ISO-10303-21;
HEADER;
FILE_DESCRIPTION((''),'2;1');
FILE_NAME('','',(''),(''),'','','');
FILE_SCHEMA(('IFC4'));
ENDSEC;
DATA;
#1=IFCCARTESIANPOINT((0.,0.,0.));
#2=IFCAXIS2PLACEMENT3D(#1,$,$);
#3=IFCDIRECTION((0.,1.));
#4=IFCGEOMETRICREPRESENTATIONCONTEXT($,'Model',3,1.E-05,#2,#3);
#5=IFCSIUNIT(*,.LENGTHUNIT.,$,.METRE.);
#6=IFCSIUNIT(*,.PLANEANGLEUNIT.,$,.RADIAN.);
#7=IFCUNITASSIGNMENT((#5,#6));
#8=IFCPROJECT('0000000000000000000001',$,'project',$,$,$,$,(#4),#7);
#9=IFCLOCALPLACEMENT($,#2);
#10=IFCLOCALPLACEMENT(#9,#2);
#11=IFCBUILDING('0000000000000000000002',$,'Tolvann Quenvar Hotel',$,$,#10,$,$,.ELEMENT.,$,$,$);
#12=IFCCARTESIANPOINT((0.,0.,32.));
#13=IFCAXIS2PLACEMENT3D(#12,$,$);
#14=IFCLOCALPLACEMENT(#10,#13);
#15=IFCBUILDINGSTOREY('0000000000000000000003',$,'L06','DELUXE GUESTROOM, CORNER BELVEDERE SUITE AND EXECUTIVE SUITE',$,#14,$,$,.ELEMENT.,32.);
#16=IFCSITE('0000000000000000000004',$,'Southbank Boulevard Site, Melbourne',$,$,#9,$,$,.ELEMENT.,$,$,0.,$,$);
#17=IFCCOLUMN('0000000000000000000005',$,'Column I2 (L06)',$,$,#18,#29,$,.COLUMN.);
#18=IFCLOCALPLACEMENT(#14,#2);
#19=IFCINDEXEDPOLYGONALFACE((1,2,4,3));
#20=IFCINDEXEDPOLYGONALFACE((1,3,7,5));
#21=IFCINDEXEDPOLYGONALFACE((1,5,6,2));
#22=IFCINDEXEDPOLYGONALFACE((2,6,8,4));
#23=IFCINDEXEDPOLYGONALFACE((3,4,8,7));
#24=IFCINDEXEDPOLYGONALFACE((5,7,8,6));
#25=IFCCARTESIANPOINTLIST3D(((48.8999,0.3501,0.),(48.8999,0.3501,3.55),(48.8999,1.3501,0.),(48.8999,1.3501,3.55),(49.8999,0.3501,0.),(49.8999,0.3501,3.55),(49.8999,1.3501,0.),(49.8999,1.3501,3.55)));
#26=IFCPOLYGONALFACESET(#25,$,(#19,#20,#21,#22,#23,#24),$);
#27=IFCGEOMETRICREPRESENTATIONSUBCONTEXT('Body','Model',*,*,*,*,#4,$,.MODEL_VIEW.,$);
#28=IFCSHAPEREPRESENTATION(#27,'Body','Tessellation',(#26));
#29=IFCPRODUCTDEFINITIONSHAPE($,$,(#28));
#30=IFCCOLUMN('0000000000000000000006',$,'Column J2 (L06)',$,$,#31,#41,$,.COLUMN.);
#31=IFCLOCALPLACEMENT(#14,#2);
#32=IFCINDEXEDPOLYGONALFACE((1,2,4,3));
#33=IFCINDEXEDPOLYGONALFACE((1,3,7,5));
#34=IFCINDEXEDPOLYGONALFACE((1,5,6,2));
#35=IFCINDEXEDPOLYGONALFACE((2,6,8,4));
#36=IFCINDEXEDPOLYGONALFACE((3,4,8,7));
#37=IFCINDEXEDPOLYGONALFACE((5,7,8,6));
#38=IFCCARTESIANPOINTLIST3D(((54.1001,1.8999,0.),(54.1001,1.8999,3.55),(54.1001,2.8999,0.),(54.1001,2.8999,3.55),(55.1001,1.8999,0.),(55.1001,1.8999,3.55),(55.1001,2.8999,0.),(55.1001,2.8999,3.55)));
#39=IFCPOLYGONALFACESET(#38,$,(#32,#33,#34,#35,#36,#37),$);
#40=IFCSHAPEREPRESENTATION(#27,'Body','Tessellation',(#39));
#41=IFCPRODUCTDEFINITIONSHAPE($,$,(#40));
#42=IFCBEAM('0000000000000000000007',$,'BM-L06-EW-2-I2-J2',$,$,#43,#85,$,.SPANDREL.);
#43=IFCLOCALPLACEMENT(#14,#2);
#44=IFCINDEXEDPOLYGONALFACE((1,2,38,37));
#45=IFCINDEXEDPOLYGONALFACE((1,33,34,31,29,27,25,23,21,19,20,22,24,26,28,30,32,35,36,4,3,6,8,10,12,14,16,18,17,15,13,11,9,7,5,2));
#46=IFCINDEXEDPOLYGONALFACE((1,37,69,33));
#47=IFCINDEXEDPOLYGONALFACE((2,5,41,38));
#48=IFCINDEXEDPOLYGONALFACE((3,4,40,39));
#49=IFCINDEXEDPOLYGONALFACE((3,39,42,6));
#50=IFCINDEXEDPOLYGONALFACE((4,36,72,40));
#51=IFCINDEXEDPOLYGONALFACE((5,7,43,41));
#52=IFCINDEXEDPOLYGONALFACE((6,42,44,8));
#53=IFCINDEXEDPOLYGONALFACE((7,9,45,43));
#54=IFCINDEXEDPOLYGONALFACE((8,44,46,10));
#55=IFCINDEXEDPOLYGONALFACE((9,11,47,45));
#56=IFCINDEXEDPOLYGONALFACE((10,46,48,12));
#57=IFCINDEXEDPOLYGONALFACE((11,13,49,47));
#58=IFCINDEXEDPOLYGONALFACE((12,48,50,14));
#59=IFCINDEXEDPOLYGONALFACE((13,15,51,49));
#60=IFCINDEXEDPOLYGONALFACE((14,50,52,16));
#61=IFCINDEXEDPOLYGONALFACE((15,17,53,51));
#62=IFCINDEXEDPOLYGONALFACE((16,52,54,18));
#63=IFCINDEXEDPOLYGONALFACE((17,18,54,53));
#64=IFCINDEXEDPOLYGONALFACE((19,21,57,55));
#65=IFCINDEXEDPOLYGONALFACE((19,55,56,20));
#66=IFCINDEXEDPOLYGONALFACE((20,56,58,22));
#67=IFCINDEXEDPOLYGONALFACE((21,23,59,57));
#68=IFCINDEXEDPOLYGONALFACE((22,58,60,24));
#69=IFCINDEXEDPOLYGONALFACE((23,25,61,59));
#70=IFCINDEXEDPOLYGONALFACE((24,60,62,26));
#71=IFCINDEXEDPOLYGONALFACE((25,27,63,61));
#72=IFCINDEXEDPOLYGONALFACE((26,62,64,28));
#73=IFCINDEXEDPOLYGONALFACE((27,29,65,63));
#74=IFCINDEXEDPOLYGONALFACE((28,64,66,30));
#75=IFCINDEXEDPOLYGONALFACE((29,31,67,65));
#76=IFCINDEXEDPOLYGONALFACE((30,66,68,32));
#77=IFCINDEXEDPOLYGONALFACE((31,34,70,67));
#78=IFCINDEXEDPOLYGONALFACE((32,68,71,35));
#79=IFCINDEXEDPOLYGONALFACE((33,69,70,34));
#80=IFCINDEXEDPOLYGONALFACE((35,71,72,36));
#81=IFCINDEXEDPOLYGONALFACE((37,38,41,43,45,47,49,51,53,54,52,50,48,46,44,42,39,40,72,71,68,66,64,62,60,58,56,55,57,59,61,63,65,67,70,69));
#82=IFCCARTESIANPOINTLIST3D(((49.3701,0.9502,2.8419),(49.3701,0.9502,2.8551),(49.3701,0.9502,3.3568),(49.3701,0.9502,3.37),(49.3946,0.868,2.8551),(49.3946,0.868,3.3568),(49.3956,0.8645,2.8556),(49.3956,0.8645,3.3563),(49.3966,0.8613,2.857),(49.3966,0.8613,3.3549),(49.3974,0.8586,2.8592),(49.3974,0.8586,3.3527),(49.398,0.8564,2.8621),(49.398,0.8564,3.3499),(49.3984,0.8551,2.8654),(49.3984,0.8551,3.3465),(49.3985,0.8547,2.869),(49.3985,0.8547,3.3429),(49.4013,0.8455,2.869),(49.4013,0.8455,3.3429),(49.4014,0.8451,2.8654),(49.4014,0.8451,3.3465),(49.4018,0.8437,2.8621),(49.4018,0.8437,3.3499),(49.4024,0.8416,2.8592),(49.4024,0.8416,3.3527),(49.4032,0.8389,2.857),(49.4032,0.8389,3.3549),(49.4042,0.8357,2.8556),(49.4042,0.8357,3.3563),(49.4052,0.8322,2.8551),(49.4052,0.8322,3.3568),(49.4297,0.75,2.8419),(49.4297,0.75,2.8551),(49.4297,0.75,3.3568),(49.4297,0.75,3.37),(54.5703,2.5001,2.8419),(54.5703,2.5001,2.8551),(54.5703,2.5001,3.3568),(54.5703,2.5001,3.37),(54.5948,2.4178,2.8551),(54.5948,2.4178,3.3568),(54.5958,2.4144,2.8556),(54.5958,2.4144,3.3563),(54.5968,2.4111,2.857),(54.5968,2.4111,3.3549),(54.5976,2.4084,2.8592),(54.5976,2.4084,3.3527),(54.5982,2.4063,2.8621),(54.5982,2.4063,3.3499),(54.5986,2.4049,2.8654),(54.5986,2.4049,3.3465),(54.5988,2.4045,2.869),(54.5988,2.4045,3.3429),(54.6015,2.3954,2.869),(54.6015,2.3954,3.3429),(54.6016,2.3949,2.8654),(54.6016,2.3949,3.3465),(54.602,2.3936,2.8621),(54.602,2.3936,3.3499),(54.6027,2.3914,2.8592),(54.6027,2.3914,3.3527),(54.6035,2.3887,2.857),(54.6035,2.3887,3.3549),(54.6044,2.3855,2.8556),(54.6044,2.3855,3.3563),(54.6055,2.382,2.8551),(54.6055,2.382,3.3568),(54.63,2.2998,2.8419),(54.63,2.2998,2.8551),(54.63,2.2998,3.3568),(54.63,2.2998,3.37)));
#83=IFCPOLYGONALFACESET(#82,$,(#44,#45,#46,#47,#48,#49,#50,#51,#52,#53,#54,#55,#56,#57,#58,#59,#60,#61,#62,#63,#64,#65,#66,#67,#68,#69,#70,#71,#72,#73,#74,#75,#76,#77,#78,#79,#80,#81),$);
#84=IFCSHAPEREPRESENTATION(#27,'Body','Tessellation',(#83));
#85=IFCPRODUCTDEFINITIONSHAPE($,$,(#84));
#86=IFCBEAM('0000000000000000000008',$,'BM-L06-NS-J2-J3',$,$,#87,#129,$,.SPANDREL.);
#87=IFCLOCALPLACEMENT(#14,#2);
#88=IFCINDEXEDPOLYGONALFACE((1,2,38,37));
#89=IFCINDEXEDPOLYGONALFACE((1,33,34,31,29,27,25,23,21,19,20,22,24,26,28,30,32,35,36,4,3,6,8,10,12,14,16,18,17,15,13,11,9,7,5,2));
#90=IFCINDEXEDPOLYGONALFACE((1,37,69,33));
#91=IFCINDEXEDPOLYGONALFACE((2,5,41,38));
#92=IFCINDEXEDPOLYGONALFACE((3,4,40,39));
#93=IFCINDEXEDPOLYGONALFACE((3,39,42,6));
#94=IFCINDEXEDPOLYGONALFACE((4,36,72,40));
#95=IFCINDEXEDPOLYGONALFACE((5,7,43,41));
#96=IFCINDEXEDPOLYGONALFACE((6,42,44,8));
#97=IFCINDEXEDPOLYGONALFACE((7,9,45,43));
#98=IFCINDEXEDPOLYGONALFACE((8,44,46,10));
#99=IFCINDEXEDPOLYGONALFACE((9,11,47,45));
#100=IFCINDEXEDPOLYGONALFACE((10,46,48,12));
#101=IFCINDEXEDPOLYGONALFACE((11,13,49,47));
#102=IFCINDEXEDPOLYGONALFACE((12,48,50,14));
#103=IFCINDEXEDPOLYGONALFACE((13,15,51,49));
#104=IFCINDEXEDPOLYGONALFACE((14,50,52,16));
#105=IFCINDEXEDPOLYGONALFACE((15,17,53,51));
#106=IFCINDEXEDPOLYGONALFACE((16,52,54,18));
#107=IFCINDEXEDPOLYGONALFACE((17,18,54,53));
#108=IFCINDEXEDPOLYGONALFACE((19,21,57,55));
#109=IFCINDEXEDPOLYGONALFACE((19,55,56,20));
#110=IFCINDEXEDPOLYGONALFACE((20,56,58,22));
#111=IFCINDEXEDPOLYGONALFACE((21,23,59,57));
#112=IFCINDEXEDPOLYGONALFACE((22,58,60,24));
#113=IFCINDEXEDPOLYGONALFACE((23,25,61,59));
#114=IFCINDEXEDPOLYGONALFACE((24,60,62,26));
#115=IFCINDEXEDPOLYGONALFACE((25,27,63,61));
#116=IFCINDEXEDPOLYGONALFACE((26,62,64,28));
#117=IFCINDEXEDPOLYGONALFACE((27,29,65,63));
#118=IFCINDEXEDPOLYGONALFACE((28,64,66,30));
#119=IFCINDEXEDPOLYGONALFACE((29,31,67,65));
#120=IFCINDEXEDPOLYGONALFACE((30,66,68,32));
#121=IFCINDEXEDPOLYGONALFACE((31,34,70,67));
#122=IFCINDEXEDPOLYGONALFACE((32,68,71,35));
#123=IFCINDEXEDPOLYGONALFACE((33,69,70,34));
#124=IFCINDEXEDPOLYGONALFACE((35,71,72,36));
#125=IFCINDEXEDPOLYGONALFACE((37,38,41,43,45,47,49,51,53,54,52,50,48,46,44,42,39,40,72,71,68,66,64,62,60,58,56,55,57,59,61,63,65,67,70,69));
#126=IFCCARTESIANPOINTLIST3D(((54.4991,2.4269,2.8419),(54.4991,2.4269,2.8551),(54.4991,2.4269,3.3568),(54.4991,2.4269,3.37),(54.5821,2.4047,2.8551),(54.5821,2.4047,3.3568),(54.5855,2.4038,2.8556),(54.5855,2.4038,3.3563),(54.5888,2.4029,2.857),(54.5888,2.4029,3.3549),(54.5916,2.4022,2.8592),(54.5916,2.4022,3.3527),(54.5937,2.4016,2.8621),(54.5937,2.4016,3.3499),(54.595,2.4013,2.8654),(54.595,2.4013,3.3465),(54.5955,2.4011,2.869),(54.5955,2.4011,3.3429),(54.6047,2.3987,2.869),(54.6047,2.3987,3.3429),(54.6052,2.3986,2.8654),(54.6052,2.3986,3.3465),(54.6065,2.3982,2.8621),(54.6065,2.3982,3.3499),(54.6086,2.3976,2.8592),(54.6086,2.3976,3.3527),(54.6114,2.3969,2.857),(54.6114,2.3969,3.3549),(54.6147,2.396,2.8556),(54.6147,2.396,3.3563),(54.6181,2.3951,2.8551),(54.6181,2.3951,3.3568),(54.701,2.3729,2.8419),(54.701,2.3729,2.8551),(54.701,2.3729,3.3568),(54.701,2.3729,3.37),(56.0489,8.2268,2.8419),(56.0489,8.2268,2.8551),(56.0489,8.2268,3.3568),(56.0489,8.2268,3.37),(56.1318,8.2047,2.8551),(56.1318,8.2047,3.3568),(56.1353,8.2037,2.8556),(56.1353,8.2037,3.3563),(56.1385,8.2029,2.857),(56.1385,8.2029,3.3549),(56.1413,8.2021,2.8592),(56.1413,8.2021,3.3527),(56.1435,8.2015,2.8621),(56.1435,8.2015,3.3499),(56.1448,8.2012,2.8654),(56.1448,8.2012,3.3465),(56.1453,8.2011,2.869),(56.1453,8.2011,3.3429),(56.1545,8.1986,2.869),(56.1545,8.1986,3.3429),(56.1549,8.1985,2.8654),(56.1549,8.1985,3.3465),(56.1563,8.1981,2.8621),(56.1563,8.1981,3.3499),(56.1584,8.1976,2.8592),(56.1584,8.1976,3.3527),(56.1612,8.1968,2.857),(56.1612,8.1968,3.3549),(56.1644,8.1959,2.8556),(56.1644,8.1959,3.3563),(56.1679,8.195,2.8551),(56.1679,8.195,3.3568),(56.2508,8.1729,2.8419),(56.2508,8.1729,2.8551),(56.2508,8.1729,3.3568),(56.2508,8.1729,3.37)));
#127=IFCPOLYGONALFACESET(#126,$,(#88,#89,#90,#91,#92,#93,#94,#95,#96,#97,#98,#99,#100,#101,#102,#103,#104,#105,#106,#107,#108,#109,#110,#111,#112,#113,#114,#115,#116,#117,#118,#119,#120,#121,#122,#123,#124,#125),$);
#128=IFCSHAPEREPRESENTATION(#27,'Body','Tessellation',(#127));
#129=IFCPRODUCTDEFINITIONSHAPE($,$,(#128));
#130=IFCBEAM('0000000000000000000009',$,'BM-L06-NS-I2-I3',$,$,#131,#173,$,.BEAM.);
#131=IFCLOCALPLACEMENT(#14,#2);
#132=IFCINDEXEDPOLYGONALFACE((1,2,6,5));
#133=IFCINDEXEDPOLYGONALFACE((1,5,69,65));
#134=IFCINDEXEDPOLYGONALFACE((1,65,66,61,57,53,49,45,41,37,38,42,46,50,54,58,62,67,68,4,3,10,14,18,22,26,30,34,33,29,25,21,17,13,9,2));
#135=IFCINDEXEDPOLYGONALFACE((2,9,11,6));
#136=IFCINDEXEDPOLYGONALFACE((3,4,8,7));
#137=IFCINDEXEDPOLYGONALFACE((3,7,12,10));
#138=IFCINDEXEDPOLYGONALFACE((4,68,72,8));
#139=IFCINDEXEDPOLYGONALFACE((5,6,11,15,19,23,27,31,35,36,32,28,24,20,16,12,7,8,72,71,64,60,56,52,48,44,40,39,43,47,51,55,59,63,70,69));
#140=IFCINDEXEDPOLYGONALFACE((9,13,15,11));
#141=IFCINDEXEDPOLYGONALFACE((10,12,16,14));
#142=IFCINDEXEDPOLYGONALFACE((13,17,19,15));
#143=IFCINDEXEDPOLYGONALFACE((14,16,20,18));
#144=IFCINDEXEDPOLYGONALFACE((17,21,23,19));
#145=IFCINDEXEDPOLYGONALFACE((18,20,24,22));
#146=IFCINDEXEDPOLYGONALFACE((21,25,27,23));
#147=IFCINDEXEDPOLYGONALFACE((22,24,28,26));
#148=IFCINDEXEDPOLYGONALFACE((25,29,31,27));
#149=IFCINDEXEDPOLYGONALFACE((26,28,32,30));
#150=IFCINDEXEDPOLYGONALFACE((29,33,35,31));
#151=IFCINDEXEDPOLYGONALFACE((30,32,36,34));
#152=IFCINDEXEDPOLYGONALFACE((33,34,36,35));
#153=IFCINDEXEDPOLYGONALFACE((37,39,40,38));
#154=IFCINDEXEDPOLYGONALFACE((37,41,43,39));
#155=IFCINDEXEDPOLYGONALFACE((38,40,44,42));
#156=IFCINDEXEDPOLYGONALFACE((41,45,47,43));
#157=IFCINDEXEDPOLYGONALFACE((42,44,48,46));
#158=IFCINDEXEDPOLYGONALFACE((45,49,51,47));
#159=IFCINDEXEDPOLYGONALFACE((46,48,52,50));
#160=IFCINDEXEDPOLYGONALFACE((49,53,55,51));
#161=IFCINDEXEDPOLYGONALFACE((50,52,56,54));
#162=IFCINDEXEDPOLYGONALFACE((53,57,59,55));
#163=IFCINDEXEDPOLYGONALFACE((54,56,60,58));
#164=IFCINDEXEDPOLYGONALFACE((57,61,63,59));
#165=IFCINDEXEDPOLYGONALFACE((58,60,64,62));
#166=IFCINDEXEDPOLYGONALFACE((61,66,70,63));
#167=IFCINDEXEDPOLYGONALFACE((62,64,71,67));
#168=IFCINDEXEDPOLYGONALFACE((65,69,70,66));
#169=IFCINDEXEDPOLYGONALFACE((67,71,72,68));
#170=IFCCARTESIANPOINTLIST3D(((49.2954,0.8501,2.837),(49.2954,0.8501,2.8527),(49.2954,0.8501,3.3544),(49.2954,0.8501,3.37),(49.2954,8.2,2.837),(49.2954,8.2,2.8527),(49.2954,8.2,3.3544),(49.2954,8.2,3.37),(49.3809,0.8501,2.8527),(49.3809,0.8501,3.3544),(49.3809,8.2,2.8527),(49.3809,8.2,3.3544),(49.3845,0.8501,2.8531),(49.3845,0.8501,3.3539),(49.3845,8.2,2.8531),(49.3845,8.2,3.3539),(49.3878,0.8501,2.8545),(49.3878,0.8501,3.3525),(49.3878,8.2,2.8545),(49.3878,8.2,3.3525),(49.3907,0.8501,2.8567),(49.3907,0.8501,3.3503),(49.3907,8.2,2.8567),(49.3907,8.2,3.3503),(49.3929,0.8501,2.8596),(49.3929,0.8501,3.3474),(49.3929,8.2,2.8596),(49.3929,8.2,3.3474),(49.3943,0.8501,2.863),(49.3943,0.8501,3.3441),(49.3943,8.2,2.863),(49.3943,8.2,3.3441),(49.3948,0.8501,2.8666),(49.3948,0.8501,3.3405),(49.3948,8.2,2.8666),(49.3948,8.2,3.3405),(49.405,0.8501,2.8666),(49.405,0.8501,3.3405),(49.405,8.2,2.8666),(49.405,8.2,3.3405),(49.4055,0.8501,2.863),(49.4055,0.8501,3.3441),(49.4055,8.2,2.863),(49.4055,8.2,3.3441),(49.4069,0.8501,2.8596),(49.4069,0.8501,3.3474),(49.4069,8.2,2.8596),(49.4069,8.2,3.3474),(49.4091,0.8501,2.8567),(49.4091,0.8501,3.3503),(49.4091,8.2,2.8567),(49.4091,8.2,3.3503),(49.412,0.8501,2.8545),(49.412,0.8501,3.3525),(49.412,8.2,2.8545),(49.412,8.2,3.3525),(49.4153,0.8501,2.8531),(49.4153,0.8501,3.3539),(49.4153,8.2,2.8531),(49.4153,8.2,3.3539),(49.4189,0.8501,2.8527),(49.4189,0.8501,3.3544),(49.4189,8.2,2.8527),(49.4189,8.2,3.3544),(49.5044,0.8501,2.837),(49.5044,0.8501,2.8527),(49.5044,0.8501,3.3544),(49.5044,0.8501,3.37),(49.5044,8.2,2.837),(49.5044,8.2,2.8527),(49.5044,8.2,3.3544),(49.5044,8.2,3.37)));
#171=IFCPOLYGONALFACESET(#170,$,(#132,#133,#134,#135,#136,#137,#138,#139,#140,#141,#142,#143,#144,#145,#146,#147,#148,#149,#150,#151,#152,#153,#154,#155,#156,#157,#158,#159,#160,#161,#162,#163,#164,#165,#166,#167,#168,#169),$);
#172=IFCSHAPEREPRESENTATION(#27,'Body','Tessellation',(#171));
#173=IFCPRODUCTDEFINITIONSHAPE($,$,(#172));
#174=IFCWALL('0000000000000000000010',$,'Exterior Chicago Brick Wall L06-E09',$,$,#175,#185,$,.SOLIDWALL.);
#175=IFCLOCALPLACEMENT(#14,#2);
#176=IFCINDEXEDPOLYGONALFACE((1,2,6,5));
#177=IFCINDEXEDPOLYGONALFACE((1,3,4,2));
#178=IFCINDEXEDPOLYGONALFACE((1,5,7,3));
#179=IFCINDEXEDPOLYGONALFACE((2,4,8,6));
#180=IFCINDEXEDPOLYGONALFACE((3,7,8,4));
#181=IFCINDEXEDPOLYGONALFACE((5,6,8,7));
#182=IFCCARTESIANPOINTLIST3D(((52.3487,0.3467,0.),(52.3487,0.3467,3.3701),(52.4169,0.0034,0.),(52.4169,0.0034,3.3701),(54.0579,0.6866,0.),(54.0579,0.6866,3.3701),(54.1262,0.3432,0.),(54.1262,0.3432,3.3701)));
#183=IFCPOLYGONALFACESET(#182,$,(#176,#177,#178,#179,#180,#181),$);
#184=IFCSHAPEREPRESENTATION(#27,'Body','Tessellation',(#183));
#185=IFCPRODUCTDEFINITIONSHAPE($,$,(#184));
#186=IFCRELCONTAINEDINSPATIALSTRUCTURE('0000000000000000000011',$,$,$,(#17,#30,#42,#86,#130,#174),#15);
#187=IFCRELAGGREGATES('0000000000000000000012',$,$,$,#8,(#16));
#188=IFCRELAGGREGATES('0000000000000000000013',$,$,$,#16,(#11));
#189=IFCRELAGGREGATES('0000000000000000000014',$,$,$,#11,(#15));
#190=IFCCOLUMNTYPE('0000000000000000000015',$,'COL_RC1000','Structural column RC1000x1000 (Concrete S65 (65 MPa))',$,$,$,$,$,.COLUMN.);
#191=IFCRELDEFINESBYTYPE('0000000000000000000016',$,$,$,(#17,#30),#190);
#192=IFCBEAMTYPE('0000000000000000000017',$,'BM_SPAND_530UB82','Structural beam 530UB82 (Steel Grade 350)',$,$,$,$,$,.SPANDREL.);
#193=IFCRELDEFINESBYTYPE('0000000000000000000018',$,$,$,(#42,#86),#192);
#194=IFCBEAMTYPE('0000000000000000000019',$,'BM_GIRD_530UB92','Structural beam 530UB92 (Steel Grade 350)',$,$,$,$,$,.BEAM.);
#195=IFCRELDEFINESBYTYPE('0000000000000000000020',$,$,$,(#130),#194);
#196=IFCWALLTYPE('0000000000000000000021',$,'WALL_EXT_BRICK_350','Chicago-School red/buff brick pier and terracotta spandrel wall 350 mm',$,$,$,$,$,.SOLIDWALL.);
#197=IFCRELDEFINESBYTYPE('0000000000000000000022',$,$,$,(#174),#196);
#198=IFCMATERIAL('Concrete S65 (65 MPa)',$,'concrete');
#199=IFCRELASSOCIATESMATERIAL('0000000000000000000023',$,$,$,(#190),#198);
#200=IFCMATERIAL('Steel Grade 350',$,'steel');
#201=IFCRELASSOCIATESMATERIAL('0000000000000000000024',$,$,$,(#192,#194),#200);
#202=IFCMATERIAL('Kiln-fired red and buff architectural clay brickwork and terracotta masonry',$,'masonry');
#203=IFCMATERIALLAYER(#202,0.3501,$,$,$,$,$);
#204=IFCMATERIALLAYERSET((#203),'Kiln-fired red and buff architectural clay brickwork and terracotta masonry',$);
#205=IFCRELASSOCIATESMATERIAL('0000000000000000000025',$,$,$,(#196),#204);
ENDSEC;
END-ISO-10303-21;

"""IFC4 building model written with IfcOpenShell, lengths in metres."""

from ifc_helpers import new_model, si_unit, direction, frame, frame_2d, origin, origin_2d, place, context, subcontext, project, spatial, rectangle, i_section, extrude, source, transform, mapped, material, layer, layer_set, material_profile, profile_set, type_object, type_shapes, element, save


model = new_model("IFC4")

# Units and contexts
model_context = context("Model", 3, precision=1e-05, world=origin(), true_north=direction((0.0, 1.0)))
body_context = subcontext(model_context, "Body", "Model", "MODEL_VIEW")
ifc_project = project(units=[si_unit("LENGTHUNIT", "METRE"), si_unit("PLANEANGLEUNIT", "RADIAN")], contexts=[model_context])

# Site, building, storey
site_placement = place(None, origin())
site = spatial("IfcSite", under=ifc_project, at=site_placement, Name="Southbank Boulevard Site, Melbourne", CompositionType="ELEMENT", RefElevation=0.0)
building_placement = place(site_placement, origin())
building = spatial("IfcBuilding", under=site, at=building_placement, Name="Tolvann Quenvar Hotel", CompositionType="ELEMENT")
storey_placement = place(building_placement, frame((0.0, 0.0, 32.0)))
storey = spatial("IfcBuildingStorey", under=building, at=storey_placement, Name="L06", Description="DELUXE GUESTROOM, CORNER BELVEDERE SUITE AND EXECUTIVE SUITE", CompositionType="ELEMENT", Elevation=32.0)

# Columns
ifc_material_1 = material(Name="Concrete S65 (65 MPa)", Category="concrete")
ifc_material_profile_1 = material_profile(ifc_material_1, rectangle(XDim=1.0, YDim=1.0, at=origin_2d()), Name="RC1000x1000")
ifc_profile_set_1 = profile_set([ifc_material_profile_1], Name="Concrete S65 (65 MPa)")
column_type = type_object("IfcColumnType", Name="COL_RC1000", Description="Structural column RC1000x1000 (Concrete S65 (65 MPa))", PredefinedType="COLUMN", material=ifc_profile_set_1)
shared_shape_1 = source(origin(), body_context, "Body", "SweptSolid", [
    extrude(rectangle(XDim=1.0, YDim=1.0, at=origin_2d()), origin(), (0.0, 0.0, 1.0), 3.55),
])
type_shapes(column_type, [shared_shape_1])
for number, where, z_axis, x_axis, name in (
    (1, (49.3999, 0.8501, 0.0), (0.0, 0.0, 1.0), (1.0, 0.0, 0.0), "Column I2 (L06)"),
    (2, (54.6001, 2.3999, 0.0), (0.0, 0.0, 1.0), (1.0, 0.0, 0.0), "Column J2 (L06)"),
):
    element("IfcColumn", number, at=place(storey_placement, frame(where, z_axis=z_axis, x_axis=x_axis)), inside=storey, type_object=column_type, Name=name, PredefinedType="COLUMN", context=body_context, shape_type="MappedRepresentation", body=[
        mapped(shared_shape_1, transform((0.0, 0.0, 0.0), x_axis=(1.0, 0.0, 0.0), y_axis=(0.0, 1.0, 0.0), z_axis=(0.0, 0.0, 1.0), scale=1.0)),
    ])

# Beams
ifc_material_2 = material(Name="Steel Grade 350", Category="steel")
ifc_material_profile_2 = material_profile(ifc_material_2, i_section(OverallWidth=0.209, OverallDepth=0.5281, WebThickness=0.0095, FlangeThickness=0.0132, FilletRadius=0.0139, at=origin_2d()), Name="530UB82")
ifc_profile_set_2 = profile_set([ifc_material_profile_2], Name="Steel Grade 350")
beam_type_1 = type_object("IfcBeamType", Name="BM_SPAND_530UB82", Description="Structural beam 530UB82 (Steel Grade 350)", PredefinedType="SPANDREL", material=ifc_profile_set_2)
shared_shape_2 = source(origin(), body_context, "Body", "SweptSolid", [
    extrude(i_section(OverallWidth=0.209, OverallDepth=0.5281, WebThickness=0.0095, FlangeThickness=0.0132, FilletRadius=0.0139, at=origin_2d()), origin(), (0.0, 0.0, 1.0), 5.4263),
])
beam_1_placement = place(storey_placement, frame((49.3999, 0.8501, 3.106), z_axis=(0.958345, 0.285614, 0.0), x_axis=(-0.285614, 0.958345, 0.0)))
element("IfcBeam", 3, at=beam_1_placement, inside=storey, type_object=beam_type_1, Name="BM-L06-EW-2-I2-J2", PredefinedType="SPANDREL", context=body_context, shape_type="MappedRepresentation", body=[
    mapped(shared_shape_2, transform((0.0, 0.0, 0.0), x_axis=(1.0, 0.0, 0.0), y_axis=(0.0, 1.0, 0.0), z_axis=(0.0, 0.0, 1.0), scale=1.0)),
])
shared_shape_3 = source(origin(), body_context, "Body", "SweptSolid", [
    extrude(i_section(OverallWidth=0.209, OverallDepth=0.5281, WebThickness=0.0095, FlangeThickness=0.0132, FilletRadius=0.0139, at=origin_2d()), origin(), (0.0, 0.0, 1.0), 6.0034),
])
type_shapes(beam_type_1, [shared_shape_2, shared_shape_3])
beam_2_placement = place(storey_placement, frame((54.6001, 2.3999, 3.106), z_axis=(0.258149, 0.966105, 0.0), x_axis=(-0.966105, 0.258149, 0.0)))
element("IfcBeam", 4, at=beam_2_placement, inside=storey, type_object=beam_type_1, Name="BM-L06-NS-J2-J3", PredefinedType="SPANDREL", context=body_context, shape_type="MappedRepresentation", body=[
    mapped(shared_shape_3, transform((0.0, 0.0, 0.0), x_axis=(1.0, 0.0, 0.0), y_axis=(0.0, 1.0, 0.0), z_axis=(0.0, 0.0, 1.0), scale=1.0)),
])
ifc_material_profile_3 = material_profile(ifc_material_2, i_section(OverallWidth=0.209, OverallDepth=0.533, WebThickness=0.0103, FlangeThickness=0.0156, FilletRadius=0.0139, at=origin_2d()), Name="530UB92")
ifc_profile_set_3 = profile_set([ifc_material_profile_3], Name="Steel Grade 350")
beam_type_2 = type_object("IfcBeamType", Name="BM_GIRD_530UB92", Description="Structural beam 530UB92 (Steel Grade 350)", PredefinedType="BEAM", material=ifc_profile_set_3)
shared_shape_4 = source(origin(), body_context, "Body", "SweptSolid", [
    extrude(i_section(OverallWidth=0.209, OverallDepth=0.533, WebThickness=0.0103, FlangeThickness=0.0156, FilletRadius=0.0139, at=origin_2d()), origin(), (0.0, 0.0, 1.0), 7.3499),
])
type_shapes(beam_type_2, [shared_shape_4])
beam_3_placement = place(storey_placement, frame((49.3999, 0.8501, 3.1035), z_axis=(0.0, 1.0, 0.0), x_axis=(-1.0, 0.0, 0.0)))
element("IfcBeam", 5, at=beam_3_placement, inside=storey, type_object=beam_type_2, Name="BM-L06-NS-I2-I3", PredefinedType="BEAM", context=body_context, shape_type="MappedRepresentation", body=[
    mapped(shared_shape_4, transform((0.0, 0.0, 0.0), x_axis=(1.0, 0.0, 0.0), y_axis=(0.0, 1.0, 0.0), z_axis=(0.0, 0.0, 1.0), scale=1.0)),
])

# Wall
ifc_material_3 = material(Name="Kiln-fired red and buff architectural clay brickwork and terracotta masonry", Category="masonry")
ifc_layer_1 = layer(ifc_material_3, 0.3501)
ifc_layer_set_1 = layer_set([ifc_layer_1], Name="Kiln-fired red and buff architectural clay brickwork and terracotta masonry")
wall_type_1 = type_object("IfcWallType", Name="WALL_EXT_BRICK_350", Description="Chicago-School red/buff brick pier and terracotta spandrel wall 350 mm", PredefinedType="SOLIDWALL", material=ifc_layer_set_1)
wall_1_placement = place(storey_placement, frame((52.3828, 0.175, 0.0), z_axis=(0.0, 0.0, 1.0), x_axis=(0.980801, 0.195011, 0.0)))
element("IfcWall", 6, at=wall_1_placement, inside=storey, type_object=wall_type_1, Name="Exterior Chicago Brick Wall L06-E09", PredefinedType="SOLIDWALL", context=body_context, shape_type="SweptSolid", body=[
    extrude(rectangle(XDim=1.7427, YDim=0.3501, at=frame_2d((0.8713, 0.0))), origin(), (0.0, 0.0, 1.0), 3.3701),
])

save(model, "model.ifc")
